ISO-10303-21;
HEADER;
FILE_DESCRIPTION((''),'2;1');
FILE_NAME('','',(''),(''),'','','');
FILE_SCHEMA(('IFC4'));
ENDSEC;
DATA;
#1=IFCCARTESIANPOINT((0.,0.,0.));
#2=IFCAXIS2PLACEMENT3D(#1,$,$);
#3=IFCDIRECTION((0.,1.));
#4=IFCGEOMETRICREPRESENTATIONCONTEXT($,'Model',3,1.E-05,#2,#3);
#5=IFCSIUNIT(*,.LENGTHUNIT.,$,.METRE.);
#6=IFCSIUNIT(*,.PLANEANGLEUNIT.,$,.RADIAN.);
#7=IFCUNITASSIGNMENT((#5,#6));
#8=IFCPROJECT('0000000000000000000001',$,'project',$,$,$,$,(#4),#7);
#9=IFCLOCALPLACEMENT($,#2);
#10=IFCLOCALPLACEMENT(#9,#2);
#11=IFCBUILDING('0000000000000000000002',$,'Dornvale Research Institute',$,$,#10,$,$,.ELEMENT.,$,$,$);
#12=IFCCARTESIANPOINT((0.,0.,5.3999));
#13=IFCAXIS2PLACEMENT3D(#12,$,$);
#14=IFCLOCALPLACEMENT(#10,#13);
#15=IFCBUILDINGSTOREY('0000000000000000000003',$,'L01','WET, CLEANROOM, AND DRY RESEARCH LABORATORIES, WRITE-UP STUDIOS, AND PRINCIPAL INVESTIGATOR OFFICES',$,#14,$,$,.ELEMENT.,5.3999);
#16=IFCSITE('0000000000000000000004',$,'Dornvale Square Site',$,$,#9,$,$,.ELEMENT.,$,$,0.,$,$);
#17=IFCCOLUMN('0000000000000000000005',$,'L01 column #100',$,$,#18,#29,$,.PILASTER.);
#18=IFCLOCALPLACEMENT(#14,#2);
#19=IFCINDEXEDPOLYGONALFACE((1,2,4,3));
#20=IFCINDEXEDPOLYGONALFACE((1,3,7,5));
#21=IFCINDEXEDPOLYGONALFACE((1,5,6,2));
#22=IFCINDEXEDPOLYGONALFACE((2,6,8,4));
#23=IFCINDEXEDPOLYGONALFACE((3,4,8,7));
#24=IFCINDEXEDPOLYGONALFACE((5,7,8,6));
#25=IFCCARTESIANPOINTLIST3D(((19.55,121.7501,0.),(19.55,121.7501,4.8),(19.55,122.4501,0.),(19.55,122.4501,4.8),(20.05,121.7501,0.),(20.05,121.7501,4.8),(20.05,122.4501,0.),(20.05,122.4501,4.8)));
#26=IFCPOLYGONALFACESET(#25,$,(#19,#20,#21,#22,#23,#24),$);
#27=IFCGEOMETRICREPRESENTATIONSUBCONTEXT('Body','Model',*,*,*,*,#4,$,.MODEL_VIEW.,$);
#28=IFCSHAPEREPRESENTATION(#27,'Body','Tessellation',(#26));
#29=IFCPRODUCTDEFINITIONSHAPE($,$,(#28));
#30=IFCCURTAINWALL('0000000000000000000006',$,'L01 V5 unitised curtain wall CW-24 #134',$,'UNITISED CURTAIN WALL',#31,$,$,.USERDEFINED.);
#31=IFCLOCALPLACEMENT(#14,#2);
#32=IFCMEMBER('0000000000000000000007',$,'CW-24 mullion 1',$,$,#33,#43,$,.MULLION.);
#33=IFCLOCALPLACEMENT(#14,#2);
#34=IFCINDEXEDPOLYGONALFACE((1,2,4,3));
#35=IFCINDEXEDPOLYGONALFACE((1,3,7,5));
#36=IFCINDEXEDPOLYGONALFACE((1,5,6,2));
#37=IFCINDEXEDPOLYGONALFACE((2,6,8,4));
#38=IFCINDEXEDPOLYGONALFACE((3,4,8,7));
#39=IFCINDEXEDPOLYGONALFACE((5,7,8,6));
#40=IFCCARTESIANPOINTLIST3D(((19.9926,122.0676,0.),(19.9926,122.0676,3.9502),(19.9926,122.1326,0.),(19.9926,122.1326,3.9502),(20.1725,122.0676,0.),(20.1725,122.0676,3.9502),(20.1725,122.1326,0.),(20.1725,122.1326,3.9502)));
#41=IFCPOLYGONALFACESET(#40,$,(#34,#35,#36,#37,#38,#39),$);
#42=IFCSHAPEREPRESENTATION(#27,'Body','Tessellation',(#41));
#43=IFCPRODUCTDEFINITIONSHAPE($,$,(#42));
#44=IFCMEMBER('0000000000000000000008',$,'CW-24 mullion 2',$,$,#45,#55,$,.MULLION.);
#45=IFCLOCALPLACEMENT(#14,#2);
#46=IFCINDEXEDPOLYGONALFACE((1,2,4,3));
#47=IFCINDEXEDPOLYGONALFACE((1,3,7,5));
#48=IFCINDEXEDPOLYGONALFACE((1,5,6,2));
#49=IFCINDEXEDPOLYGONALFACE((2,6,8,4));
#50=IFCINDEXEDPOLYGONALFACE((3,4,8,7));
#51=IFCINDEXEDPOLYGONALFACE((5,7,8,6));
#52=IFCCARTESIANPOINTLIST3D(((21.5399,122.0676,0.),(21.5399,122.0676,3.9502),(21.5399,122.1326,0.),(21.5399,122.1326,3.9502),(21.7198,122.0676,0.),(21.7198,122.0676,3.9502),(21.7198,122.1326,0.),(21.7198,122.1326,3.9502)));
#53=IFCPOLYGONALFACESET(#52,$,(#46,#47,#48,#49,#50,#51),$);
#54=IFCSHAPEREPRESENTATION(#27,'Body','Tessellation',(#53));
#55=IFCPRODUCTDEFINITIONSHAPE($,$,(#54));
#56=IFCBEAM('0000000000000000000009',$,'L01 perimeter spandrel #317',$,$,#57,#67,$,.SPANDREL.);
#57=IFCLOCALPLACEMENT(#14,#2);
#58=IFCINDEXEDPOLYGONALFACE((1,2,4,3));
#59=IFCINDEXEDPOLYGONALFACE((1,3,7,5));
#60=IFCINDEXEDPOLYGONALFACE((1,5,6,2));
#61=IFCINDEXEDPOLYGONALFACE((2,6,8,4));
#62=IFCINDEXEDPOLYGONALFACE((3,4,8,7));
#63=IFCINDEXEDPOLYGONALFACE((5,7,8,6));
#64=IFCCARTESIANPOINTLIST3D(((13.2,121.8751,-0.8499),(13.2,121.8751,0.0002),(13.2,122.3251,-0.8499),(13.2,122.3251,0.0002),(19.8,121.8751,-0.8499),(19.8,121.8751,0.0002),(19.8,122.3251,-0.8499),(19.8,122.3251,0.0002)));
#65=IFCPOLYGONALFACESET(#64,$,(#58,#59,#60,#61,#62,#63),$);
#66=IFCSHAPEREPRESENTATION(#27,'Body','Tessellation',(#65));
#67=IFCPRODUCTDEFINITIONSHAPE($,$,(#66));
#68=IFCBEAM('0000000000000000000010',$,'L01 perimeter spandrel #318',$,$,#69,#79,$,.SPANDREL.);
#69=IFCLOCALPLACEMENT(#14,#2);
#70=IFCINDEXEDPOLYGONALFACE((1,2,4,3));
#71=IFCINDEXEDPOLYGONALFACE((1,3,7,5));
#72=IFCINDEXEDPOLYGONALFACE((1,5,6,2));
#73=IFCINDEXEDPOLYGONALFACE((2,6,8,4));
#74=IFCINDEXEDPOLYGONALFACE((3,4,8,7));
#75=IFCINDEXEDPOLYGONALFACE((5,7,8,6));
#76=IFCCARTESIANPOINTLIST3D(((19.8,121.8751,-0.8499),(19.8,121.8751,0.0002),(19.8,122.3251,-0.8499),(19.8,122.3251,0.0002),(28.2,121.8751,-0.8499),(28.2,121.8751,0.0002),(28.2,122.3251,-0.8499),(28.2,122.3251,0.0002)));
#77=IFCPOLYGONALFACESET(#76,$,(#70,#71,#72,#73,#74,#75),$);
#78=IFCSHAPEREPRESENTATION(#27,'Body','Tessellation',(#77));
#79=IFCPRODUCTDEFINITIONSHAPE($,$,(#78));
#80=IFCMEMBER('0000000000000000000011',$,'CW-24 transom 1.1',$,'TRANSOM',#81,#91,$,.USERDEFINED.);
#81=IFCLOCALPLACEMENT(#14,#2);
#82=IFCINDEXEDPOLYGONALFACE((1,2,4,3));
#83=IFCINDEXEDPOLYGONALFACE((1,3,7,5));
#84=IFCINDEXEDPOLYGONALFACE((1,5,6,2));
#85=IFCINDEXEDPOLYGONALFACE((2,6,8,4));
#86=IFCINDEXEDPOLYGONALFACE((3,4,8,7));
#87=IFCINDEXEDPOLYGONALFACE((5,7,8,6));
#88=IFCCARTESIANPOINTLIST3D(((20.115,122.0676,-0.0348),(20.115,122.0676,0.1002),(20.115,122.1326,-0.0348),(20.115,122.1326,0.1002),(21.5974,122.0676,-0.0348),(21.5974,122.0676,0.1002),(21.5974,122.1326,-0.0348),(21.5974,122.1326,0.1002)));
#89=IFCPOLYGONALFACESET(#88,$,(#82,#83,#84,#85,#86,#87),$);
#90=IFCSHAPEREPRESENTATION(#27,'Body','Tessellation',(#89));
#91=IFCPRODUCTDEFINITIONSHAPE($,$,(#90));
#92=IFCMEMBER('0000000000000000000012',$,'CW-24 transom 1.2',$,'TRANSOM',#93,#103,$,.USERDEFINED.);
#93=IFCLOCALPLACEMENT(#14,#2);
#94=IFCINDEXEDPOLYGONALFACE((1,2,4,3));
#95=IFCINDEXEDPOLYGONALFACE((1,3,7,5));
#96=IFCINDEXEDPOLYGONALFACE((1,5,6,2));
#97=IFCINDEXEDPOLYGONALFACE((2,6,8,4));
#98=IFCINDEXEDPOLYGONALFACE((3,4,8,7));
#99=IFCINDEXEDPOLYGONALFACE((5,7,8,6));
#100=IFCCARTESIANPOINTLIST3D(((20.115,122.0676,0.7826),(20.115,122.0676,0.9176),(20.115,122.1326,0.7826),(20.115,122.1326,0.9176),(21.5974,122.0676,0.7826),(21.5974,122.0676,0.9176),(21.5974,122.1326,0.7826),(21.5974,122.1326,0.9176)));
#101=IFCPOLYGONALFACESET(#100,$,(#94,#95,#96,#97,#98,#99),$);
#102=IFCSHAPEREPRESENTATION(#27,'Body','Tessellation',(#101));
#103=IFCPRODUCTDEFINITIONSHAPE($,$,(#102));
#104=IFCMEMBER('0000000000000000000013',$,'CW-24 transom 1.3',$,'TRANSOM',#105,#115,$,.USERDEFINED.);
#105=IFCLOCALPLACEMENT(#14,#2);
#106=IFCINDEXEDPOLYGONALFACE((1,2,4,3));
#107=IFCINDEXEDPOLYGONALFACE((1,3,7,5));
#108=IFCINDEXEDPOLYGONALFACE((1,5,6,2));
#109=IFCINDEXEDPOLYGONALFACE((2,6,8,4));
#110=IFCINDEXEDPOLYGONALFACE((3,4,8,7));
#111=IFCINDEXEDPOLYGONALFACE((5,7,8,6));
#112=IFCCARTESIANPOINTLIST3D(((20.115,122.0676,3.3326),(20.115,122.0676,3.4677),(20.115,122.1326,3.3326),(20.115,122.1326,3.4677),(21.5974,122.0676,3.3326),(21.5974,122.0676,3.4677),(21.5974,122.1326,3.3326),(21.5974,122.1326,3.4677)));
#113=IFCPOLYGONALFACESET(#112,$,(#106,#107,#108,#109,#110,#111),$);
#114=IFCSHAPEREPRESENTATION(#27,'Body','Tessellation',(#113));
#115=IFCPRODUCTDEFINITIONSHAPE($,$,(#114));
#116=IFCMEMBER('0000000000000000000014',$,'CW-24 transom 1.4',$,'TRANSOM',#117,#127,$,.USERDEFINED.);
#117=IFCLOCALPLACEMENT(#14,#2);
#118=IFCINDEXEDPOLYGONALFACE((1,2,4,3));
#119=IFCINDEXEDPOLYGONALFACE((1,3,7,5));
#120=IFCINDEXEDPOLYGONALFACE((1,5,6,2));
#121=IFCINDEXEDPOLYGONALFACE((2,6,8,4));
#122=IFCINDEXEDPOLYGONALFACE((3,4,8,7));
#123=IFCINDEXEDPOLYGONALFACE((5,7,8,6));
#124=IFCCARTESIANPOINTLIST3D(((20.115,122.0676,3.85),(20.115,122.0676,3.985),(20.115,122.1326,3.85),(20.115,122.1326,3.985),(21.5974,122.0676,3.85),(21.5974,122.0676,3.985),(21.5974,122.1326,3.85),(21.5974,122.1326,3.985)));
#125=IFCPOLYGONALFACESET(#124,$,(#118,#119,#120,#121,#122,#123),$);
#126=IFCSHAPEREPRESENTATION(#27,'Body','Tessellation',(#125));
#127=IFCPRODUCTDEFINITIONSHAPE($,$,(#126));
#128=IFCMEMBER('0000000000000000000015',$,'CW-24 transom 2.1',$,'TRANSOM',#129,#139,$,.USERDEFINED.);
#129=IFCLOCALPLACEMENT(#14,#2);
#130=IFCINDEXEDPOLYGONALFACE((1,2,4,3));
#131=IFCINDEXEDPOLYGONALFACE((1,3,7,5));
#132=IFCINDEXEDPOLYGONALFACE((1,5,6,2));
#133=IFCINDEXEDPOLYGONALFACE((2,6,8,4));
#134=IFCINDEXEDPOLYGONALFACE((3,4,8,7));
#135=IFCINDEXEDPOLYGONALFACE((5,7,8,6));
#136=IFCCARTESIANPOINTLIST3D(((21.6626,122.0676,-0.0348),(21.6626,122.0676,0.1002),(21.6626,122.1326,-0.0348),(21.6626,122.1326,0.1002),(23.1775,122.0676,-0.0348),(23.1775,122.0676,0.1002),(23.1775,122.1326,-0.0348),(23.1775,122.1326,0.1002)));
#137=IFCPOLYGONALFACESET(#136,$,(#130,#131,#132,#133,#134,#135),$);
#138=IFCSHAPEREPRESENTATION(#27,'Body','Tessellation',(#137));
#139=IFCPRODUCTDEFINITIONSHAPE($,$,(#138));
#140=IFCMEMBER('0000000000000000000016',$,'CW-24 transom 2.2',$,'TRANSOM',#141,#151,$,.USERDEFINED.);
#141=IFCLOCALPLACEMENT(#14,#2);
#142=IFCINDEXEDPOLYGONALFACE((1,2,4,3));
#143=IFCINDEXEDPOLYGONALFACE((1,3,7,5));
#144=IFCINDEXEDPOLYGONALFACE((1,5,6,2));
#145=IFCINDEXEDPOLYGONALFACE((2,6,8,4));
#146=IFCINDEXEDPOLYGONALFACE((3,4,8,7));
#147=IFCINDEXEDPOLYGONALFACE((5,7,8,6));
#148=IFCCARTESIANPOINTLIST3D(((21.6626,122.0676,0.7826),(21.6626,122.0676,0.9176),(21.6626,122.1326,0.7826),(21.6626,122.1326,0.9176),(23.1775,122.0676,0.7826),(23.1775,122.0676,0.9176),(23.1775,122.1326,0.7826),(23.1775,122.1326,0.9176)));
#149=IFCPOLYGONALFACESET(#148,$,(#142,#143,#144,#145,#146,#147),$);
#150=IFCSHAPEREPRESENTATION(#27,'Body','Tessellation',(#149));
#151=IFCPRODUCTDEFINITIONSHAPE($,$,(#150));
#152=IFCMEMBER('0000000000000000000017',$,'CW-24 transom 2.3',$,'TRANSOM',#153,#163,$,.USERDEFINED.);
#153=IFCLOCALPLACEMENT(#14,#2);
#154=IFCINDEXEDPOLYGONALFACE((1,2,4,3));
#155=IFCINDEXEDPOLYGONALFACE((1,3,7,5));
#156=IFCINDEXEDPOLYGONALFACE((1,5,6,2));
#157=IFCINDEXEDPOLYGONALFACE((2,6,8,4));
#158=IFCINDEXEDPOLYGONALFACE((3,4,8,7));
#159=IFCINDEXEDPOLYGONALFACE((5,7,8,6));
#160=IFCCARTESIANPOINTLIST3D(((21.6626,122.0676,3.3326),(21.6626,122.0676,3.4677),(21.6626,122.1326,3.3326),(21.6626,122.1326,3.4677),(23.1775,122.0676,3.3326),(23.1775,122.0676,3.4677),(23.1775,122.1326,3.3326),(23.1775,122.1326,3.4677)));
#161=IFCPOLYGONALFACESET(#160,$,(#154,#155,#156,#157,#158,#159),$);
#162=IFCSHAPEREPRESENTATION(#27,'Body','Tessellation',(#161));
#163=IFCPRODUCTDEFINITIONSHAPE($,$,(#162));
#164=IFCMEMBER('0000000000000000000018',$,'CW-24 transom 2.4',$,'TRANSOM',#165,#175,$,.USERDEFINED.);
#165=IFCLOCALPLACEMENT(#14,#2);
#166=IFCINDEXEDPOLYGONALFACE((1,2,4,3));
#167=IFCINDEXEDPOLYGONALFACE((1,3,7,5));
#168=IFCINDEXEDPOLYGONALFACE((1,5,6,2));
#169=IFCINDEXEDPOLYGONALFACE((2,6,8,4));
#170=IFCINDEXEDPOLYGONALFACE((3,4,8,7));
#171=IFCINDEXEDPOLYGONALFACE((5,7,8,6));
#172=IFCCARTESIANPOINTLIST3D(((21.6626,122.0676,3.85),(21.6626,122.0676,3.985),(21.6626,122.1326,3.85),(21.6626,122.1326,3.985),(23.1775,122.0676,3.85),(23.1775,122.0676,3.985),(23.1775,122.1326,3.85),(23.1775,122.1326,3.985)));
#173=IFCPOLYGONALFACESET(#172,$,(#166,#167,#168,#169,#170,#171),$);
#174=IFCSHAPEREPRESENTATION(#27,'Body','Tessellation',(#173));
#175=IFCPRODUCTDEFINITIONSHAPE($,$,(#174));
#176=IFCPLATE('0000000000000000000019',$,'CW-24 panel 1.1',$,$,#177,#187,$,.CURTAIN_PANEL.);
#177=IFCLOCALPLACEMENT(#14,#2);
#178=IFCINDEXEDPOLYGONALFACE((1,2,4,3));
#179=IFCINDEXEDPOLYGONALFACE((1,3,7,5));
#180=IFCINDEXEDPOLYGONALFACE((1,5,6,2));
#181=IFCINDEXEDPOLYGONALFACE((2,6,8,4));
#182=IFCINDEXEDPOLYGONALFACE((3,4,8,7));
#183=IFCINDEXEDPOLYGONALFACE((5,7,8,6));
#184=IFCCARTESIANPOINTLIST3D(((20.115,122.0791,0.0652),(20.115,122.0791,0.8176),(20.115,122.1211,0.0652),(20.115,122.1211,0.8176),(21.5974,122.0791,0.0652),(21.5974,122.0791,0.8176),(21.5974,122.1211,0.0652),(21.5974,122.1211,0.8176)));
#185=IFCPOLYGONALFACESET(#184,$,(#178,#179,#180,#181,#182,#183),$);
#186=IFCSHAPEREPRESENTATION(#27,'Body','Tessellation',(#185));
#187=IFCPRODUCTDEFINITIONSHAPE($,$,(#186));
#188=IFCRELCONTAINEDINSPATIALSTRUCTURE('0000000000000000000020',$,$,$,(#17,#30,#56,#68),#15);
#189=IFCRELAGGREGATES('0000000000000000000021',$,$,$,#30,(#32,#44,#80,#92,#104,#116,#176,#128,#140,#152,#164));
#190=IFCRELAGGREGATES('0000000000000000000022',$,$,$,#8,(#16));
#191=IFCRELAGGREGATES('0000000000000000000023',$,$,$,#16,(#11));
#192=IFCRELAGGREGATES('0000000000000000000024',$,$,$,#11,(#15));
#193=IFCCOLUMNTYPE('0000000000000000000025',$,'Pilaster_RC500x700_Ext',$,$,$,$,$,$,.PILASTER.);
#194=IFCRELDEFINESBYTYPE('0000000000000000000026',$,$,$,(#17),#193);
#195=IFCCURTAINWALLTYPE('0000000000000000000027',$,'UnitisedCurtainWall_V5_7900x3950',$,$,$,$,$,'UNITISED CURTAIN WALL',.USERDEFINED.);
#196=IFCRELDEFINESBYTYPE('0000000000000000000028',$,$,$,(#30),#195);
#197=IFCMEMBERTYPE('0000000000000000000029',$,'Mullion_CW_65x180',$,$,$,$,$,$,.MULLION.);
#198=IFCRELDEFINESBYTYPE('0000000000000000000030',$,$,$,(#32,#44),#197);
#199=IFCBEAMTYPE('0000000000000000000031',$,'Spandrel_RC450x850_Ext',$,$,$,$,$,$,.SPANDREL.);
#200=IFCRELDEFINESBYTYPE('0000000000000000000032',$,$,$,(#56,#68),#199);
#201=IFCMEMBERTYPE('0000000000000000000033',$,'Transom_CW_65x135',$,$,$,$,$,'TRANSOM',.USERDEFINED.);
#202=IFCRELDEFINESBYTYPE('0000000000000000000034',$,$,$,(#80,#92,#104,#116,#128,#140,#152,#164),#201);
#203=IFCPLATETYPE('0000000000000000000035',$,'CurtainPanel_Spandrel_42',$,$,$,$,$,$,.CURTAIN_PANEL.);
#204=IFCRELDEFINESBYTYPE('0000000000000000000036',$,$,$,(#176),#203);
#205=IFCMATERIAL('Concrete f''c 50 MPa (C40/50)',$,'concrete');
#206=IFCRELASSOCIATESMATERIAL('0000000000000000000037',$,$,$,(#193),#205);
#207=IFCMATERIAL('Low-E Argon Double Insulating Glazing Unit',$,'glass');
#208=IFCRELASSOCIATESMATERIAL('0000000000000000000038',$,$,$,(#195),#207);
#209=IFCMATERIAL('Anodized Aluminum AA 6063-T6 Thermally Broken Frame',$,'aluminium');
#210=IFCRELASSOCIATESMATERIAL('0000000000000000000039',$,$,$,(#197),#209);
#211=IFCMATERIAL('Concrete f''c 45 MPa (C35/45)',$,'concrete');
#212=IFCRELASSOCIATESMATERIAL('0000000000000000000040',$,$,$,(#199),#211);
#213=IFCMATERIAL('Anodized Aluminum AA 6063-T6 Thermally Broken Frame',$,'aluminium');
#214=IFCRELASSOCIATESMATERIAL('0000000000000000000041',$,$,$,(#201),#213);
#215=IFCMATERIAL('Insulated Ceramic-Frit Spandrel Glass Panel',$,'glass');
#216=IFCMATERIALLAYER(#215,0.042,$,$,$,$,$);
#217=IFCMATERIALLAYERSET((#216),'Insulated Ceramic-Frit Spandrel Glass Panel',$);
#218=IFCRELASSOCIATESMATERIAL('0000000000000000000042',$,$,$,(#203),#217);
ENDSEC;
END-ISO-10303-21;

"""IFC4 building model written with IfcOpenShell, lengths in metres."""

from ifc_helpers import new_model, si_unit, direction, frame, origin, origin_2d, place, context, subcontext, project, spatial, rectangle, extrude, material, layer, layer_set, material_profile, profile_set, type_object, element, aggregate, save


model = new_model("IFC4")

# Units and contexts
model_context = context("Model", 3, precision=1e-05, world=origin(), true_north=direction((0.0, 1.0)))
body_context = subcontext(model_context, "Body", "Model", "MODEL_VIEW")
ifc_project = project(units=[si_unit("LENGTHUNIT", "METRE"), si_unit("PLANEANGLEUNIT", "RADIAN")], contexts=[model_context])

# Site, building, storey
site_placement = place(None, origin())
site = spatial("IfcSite", under=ifc_project, at=site_placement, Name="Dornvale Square Site", CompositionType="ELEMENT", RefElevation=0.0)
building_placement = place(site_placement, origin())
building = spatial("IfcBuilding", under=site, at=building_placement, Name="Dornvale Research Institute", CompositionType="ELEMENT")
storey_placement = place(building_placement, frame((0.0, 0.0, 5.3999)))
storey = spatial("IfcBuildingStorey", under=building, at=storey_placement, Name="L01", Description="WET, CLEANROOM, AND DRY RESEARCH LABORATORIES, WRITE-UP STUDIOS, AND PRINCIPAL INVESTIGATOR OFFICES", CompositionType="ELEMENT", Elevation=5.3999)

# Column
ifc_material_1 = material(Name="Concrete f'c 50 MPa (C40/50)", Category="concrete")
ifc_material_profile_1 = material_profile(ifc_material_1, rectangle(XDim=0.5, YDim=0.7, at=origin_2d()), Name="RC 500x700")
ifc_profile_set_1 = profile_set([ifc_material_profile_1], Name="Concrete f'c 50 MPa (C40/50)")
column_type = type_object("IfcColumnType", Name="Pilaster_RC500x700_Ext", PredefinedType="PILASTER", material=ifc_profile_set_1)
column_placement = place(storey_placement, frame((19.8, 122.1001, 0.0), z_axis=(0.0, 0.0, 1.0), x_axis=(1.0, 0.0, 0.0)))
element("IfcColumn", 1, at=column_placement, inside=storey, type_object=column_type, Name="L01 column #100", PredefinedType="PILASTER", context=body_context, shape_type="SweptSolid", body=[
    extrude(rectangle(XDim=0.5, YDim=0.7, at=origin_2d()), origin(), (0.0, 0.0, 1.0), 4.8),
])

# Curtain wall, members
ifc_material_2 = material(Name="Low-E Argon Double Insulating Glazing Unit", Category="glass")
curtain_wall_type = type_object("IfcCurtainWallType", Name="UnitisedCurtainWall_V5_7900x3950", ElementType="UNITISED CURTAIN WALL", PredefinedType="USERDEFINED", material=ifc_material_2)
curtain_wall_placement = place(storey_placement, origin())
curtain_wall = element("IfcCurtainWall", 2, at=curtain_wall_placement, inside=storey, type_object=curtain_wall_type, Name="L01 V5 unitised curtain wall CW-24 #134", ObjectType="UNITISED CURTAIN WALL", PredefinedType="USERDEFINED")
ifc_material_3 = material(Name="Anodized Aluminum AA 6063-T6 Thermally Broken Frame", Category="aluminium")
ifc_material_profile_2 = material_profile(ifc_material_3, rectangle(XDim=0.0649, YDim=0.1799, at=origin_2d()), Name="ALU MULLION 65x180")
ifc_profile_set_2 = profile_set([ifc_material_profile_2], Name="Anodized Aluminum AA 6063-T6 Thermally Broken Frame")
member_type_1 = type_object("IfcMemberType", Name="Mullion_CW_65x180", PredefinedType="MULLION", material=ifc_profile_set_2)
member_1_placement = place(storey_placement, frame((20.0825, 122.1001, 0.0), z_axis=(0.0, 0.0, 1.0), x_axis=(0.0, 1.0, 0.0)))
member_1 = element("IfcMember", 3, at=member_1_placement, type_object=member_type_1, Name="CW-24 mullion 1", PredefinedType="MULLION", context=body_context, shape_type="SweptSolid", body=[
    extrude(rectangle(XDim=0.0649, YDim=0.1799, at=origin_2d()), origin(), (0.0, 0.0, 1.0), 3.9502),
])
member_2_placement = place(storey_placement, frame((21.6299, 122.1001, 0.0), z_axis=(0.0, 0.0, 1.0), x_axis=(0.0, 1.0, 0.0)))
member_2 = element("IfcMember", 4, at=member_2_placement, type_object=member_type_1, Name="CW-24 mullion 2", PredefinedType="MULLION", context=body_context, shape_type="SweptSolid", body=[
    extrude(rectangle(XDim=0.0649, YDim=0.1799, at=origin_2d()), origin(), (0.0, 0.0, 1.0), 3.9502),
])

# Beams
ifc_material_4 = material(Name="Concrete f'c 45 MPa (C35/45)", Category="concrete")
ifc_material_profile_3 = material_profile(ifc_material_4, rectangle(XDim=0.45, YDim=0.8501, at=origin_2d()), Name="RC 450x850")
ifc_profile_set_3 = profile_set([ifc_material_profile_3], Name="Concrete f'c 45 MPa (C35/45)")
beam_type = type_object("IfcBeamType", Name="Spandrel_RC450x850_Ext", PredefinedType="SPANDREL", material=ifc_profile_set_3)
beam_1_placement = place(storey_placement, frame((13.2, 122.1001, -0.4248), z_axis=(1.0, 0.0, 0.0), x_axis=(0.0, 1.0, 0.0)))
element("IfcBeam", 5, at=beam_1_placement, inside=storey, type_object=beam_type, Name="L01 perimeter spandrel #317", PredefinedType="SPANDREL", context=body_context, shape_type="SweptSolid", body=[
    extrude(rectangle(XDim=0.45, YDim=0.8501, at=origin_2d()), origin(), (0.0, 0.0, 1.0), 6.6001),
])
beam_2_placement = place(storey_placement, frame((19.8, 122.1001, -0.4248), z_axis=(1.0, 0.0, 0.0), x_axis=(0.0, 1.0, 0.0)))
element("IfcBeam", 6, at=beam_2_placement, inside=storey, type_object=beam_type, Name="L01 perimeter spandrel #318", PredefinedType="SPANDREL", context=body_context, shape_type="SweptSolid", body=[
    extrude(rectangle(XDim=0.45, YDim=0.8501, at=origin_2d()), origin(), (0.0, 0.0, 1.0), 8.3999),
])

# Members
ifc_material_5 = material(Name="Anodized Aluminum AA 6063-T6 Thermally Broken Frame", Category="aluminium")
ifc_material_profile_4 = material_profile(ifc_material_5, rectangle(XDim=0.0649, YDim=0.135, at=origin_2d()), Name="ALU TRANSOM 65x135")
ifc_profile_set_4 = profile_set([ifc_material_profile_4], Name="Anodized Aluminum AA 6063-T6 Thermally Broken Frame")
member_type_2 = type_object("IfcMemberType", Name="Transom_CW_65x135", ElementType="TRANSOM", PredefinedType="USERDEFINED", material=ifc_profile_set_4)
member_3_placement = place(storey_placement, frame((20.115, 122.1001, 0.0327), z_axis=(1.0, 0.0, 0.0), x_axis=(0.0, 1.0, 0.0)))
member_3 = element("IfcMember", 7, at=member_3_placement, type_object=member_type_2, Name="CW-24 transom 1.1", ObjectType="TRANSOM", PredefinedType="USERDEFINED", context=body_context, shape_type="SweptSolid", body=[
    extrude(rectangle(XDim=0.0649, YDim=0.135, at=origin_2d()), origin(), (0.0, 0.0, 1.0), 1.4824),
])
member_4_placement = place(storey_placement, frame((20.115, 122.1001, 0.8501), z_axis=(1.0, 0.0, 0.0), x_axis=(0.0, 1.0, 0.0)))
member_4 = element("IfcMember", 8, at=member_4_placement, type_object=member_type_2, Name="CW-24 transom 1.2", ObjectType="TRANSOM", PredefinedType="USERDEFINED", context=body_context, shape_type="SweptSolid", body=[
    extrude(rectangle(XDim=0.0649, YDim=0.135, at=origin_2d()), origin(), (0.0, 0.0, 1.0), 1.4824),
])
member_5_placement = place(storey_placement, frame((20.115, 122.1001, 3.4001), z_axis=(1.0, 0.0, 0.0), x_axis=(0.0, 1.0, 0.0)))
member_5 = element("IfcMember", 9, at=member_5_placement, type_object=member_type_2, Name="CW-24 transom 1.3", ObjectType="TRANSOM", PredefinedType="USERDEFINED", context=body_context, shape_type="SweptSolid", body=[
    extrude(rectangle(XDim=0.0649, YDim=0.135, at=origin_2d()), origin(), (0.0, 0.0, 1.0), 1.4824),
])
member_6_placement = place(storey_placement, frame((20.115, 122.1001, 3.9175), z_axis=(1.0, 0.0, 0.0), x_axis=(0.0, 1.0, 0.0)))
member_6 = element("IfcMember", 10, at=member_6_placement, type_object=member_type_2, Name="CW-24 transom 1.4", ObjectType="TRANSOM", PredefinedType="USERDEFINED", context=body_context, shape_type="SweptSolid", body=[
    extrude(rectangle(XDim=0.0649, YDim=0.135, at=origin_2d()), origin(), (0.0, 0.0, 1.0), 1.4824),
])
member_7_placement = place(storey_placement, frame((21.6626, 122.1001, 0.0327), z_axis=(1.0, 0.0, 0.0), x_axis=(0.0, 1.0, 0.0)))
member_7 = element("IfcMember", 11, at=member_7_placement, type_object=member_type_2, Name="CW-24 transom 2.1", ObjectType="TRANSOM", PredefinedType="USERDEFINED", context=body_context, shape_type="SweptSolid", body=[
    extrude(rectangle(XDim=0.0649, YDim=0.135, at=origin_2d()), origin(), (0.0, 0.0, 1.0), 1.5149),
])
member_8_placement = place(storey_placement, frame((21.6626, 122.1001, 0.8501), z_axis=(1.0, 0.0, 0.0), x_axis=(0.0, 1.0, 0.0)))
member_8 = element("IfcMember", 12, at=member_8_placement, type_object=member_type_2, Name="CW-24 transom 2.2", ObjectType="TRANSOM", PredefinedType="USERDEFINED", context=body_context, shape_type="SweptSolid", body=[
    extrude(rectangle(XDim=0.0649, YDim=0.135, at=origin_2d()), origin(), (0.0, 0.0, 1.0), 1.5149),
])
member_9_placement = place(storey_placement, frame((21.6626, 122.1001, 3.4001), z_axis=(1.0, 0.0, 0.0), x_axis=(0.0, 1.0, 0.0)))
member_9 = element("IfcMember", 13, at=member_9_placement, type_object=member_type_2, Name="CW-24 transom 2.3", ObjectType="TRANSOM", PredefinedType="USERDEFINED", context=body_context, shape_type="SweptSolid", body=[
    extrude(rectangle(XDim=0.0649, YDim=0.135, at=origin_2d()), origin(), (0.0, 0.0, 1.0), 1.5149),
])
member_10_placement = place(storey_placement, frame((21.6626, 122.1001, 3.9175), z_axis=(1.0, 0.0, 0.0), x_axis=(0.0, 1.0, 0.0)))
member_10 = element("IfcMember", 14, at=member_10_placement, type_object=member_type_2, Name="CW-24 transom 2.4", ObjectType="TRANSOM", PredefinedType="USERDEFINED", context=body_context, shape_type="SweptSolid", body=[
    extrude(rectangle(XDim=0.0649, YDim=0.135, at=origin_2d()), origin(), (0.0, 0.0, 1.0), 1.5149),
])

# Plate
ifc_material_6 = material(Name="Insulated Ceramic-Frit Spandrel Glass Panel", Category="glass")
ifc_layer_1 = layer(ifc_material_6, 0.042)
ifc_layer_set_1 = layer_set([ifc_layer_1], Name="Insulated Ceramic-Frit Spandrel Glass Panel")
plate_type_1 = type_object("IfcPlateType", Name="CurtainPanel_Spandrel_42", PredefinedType="CURTAIN_PANEL", material=ifc_layer_set_1)
plate_1_placement = place(storey_placement, frame((20.8562, 122.1001, 0.0652), z_axis=(0.0, 0.0, 1.0), x_axis=(1.0, 0.0, 0.0)))
plate_1 = element("IfcPlate", 15, at=plate_1_placement, type_object=plate_type_1, Name="CW-24 panel 1.1", PredefinedType="CURTAIN_PANEL", context=body_context, shape_type="SweptSolid", body=[
    extrude(rectangle(XDim=1.4824, YDim=0.042, at=origin_2d()), origin(), (0.0, 0.0, 1.0), 0.7524),
])
aggregate(curtain_wall, [member_1, member_2, member_3, member_4, member_5, member_6, plate_1, member_7, member_8, member_9, member_10])

save(model, "model.ifc")
